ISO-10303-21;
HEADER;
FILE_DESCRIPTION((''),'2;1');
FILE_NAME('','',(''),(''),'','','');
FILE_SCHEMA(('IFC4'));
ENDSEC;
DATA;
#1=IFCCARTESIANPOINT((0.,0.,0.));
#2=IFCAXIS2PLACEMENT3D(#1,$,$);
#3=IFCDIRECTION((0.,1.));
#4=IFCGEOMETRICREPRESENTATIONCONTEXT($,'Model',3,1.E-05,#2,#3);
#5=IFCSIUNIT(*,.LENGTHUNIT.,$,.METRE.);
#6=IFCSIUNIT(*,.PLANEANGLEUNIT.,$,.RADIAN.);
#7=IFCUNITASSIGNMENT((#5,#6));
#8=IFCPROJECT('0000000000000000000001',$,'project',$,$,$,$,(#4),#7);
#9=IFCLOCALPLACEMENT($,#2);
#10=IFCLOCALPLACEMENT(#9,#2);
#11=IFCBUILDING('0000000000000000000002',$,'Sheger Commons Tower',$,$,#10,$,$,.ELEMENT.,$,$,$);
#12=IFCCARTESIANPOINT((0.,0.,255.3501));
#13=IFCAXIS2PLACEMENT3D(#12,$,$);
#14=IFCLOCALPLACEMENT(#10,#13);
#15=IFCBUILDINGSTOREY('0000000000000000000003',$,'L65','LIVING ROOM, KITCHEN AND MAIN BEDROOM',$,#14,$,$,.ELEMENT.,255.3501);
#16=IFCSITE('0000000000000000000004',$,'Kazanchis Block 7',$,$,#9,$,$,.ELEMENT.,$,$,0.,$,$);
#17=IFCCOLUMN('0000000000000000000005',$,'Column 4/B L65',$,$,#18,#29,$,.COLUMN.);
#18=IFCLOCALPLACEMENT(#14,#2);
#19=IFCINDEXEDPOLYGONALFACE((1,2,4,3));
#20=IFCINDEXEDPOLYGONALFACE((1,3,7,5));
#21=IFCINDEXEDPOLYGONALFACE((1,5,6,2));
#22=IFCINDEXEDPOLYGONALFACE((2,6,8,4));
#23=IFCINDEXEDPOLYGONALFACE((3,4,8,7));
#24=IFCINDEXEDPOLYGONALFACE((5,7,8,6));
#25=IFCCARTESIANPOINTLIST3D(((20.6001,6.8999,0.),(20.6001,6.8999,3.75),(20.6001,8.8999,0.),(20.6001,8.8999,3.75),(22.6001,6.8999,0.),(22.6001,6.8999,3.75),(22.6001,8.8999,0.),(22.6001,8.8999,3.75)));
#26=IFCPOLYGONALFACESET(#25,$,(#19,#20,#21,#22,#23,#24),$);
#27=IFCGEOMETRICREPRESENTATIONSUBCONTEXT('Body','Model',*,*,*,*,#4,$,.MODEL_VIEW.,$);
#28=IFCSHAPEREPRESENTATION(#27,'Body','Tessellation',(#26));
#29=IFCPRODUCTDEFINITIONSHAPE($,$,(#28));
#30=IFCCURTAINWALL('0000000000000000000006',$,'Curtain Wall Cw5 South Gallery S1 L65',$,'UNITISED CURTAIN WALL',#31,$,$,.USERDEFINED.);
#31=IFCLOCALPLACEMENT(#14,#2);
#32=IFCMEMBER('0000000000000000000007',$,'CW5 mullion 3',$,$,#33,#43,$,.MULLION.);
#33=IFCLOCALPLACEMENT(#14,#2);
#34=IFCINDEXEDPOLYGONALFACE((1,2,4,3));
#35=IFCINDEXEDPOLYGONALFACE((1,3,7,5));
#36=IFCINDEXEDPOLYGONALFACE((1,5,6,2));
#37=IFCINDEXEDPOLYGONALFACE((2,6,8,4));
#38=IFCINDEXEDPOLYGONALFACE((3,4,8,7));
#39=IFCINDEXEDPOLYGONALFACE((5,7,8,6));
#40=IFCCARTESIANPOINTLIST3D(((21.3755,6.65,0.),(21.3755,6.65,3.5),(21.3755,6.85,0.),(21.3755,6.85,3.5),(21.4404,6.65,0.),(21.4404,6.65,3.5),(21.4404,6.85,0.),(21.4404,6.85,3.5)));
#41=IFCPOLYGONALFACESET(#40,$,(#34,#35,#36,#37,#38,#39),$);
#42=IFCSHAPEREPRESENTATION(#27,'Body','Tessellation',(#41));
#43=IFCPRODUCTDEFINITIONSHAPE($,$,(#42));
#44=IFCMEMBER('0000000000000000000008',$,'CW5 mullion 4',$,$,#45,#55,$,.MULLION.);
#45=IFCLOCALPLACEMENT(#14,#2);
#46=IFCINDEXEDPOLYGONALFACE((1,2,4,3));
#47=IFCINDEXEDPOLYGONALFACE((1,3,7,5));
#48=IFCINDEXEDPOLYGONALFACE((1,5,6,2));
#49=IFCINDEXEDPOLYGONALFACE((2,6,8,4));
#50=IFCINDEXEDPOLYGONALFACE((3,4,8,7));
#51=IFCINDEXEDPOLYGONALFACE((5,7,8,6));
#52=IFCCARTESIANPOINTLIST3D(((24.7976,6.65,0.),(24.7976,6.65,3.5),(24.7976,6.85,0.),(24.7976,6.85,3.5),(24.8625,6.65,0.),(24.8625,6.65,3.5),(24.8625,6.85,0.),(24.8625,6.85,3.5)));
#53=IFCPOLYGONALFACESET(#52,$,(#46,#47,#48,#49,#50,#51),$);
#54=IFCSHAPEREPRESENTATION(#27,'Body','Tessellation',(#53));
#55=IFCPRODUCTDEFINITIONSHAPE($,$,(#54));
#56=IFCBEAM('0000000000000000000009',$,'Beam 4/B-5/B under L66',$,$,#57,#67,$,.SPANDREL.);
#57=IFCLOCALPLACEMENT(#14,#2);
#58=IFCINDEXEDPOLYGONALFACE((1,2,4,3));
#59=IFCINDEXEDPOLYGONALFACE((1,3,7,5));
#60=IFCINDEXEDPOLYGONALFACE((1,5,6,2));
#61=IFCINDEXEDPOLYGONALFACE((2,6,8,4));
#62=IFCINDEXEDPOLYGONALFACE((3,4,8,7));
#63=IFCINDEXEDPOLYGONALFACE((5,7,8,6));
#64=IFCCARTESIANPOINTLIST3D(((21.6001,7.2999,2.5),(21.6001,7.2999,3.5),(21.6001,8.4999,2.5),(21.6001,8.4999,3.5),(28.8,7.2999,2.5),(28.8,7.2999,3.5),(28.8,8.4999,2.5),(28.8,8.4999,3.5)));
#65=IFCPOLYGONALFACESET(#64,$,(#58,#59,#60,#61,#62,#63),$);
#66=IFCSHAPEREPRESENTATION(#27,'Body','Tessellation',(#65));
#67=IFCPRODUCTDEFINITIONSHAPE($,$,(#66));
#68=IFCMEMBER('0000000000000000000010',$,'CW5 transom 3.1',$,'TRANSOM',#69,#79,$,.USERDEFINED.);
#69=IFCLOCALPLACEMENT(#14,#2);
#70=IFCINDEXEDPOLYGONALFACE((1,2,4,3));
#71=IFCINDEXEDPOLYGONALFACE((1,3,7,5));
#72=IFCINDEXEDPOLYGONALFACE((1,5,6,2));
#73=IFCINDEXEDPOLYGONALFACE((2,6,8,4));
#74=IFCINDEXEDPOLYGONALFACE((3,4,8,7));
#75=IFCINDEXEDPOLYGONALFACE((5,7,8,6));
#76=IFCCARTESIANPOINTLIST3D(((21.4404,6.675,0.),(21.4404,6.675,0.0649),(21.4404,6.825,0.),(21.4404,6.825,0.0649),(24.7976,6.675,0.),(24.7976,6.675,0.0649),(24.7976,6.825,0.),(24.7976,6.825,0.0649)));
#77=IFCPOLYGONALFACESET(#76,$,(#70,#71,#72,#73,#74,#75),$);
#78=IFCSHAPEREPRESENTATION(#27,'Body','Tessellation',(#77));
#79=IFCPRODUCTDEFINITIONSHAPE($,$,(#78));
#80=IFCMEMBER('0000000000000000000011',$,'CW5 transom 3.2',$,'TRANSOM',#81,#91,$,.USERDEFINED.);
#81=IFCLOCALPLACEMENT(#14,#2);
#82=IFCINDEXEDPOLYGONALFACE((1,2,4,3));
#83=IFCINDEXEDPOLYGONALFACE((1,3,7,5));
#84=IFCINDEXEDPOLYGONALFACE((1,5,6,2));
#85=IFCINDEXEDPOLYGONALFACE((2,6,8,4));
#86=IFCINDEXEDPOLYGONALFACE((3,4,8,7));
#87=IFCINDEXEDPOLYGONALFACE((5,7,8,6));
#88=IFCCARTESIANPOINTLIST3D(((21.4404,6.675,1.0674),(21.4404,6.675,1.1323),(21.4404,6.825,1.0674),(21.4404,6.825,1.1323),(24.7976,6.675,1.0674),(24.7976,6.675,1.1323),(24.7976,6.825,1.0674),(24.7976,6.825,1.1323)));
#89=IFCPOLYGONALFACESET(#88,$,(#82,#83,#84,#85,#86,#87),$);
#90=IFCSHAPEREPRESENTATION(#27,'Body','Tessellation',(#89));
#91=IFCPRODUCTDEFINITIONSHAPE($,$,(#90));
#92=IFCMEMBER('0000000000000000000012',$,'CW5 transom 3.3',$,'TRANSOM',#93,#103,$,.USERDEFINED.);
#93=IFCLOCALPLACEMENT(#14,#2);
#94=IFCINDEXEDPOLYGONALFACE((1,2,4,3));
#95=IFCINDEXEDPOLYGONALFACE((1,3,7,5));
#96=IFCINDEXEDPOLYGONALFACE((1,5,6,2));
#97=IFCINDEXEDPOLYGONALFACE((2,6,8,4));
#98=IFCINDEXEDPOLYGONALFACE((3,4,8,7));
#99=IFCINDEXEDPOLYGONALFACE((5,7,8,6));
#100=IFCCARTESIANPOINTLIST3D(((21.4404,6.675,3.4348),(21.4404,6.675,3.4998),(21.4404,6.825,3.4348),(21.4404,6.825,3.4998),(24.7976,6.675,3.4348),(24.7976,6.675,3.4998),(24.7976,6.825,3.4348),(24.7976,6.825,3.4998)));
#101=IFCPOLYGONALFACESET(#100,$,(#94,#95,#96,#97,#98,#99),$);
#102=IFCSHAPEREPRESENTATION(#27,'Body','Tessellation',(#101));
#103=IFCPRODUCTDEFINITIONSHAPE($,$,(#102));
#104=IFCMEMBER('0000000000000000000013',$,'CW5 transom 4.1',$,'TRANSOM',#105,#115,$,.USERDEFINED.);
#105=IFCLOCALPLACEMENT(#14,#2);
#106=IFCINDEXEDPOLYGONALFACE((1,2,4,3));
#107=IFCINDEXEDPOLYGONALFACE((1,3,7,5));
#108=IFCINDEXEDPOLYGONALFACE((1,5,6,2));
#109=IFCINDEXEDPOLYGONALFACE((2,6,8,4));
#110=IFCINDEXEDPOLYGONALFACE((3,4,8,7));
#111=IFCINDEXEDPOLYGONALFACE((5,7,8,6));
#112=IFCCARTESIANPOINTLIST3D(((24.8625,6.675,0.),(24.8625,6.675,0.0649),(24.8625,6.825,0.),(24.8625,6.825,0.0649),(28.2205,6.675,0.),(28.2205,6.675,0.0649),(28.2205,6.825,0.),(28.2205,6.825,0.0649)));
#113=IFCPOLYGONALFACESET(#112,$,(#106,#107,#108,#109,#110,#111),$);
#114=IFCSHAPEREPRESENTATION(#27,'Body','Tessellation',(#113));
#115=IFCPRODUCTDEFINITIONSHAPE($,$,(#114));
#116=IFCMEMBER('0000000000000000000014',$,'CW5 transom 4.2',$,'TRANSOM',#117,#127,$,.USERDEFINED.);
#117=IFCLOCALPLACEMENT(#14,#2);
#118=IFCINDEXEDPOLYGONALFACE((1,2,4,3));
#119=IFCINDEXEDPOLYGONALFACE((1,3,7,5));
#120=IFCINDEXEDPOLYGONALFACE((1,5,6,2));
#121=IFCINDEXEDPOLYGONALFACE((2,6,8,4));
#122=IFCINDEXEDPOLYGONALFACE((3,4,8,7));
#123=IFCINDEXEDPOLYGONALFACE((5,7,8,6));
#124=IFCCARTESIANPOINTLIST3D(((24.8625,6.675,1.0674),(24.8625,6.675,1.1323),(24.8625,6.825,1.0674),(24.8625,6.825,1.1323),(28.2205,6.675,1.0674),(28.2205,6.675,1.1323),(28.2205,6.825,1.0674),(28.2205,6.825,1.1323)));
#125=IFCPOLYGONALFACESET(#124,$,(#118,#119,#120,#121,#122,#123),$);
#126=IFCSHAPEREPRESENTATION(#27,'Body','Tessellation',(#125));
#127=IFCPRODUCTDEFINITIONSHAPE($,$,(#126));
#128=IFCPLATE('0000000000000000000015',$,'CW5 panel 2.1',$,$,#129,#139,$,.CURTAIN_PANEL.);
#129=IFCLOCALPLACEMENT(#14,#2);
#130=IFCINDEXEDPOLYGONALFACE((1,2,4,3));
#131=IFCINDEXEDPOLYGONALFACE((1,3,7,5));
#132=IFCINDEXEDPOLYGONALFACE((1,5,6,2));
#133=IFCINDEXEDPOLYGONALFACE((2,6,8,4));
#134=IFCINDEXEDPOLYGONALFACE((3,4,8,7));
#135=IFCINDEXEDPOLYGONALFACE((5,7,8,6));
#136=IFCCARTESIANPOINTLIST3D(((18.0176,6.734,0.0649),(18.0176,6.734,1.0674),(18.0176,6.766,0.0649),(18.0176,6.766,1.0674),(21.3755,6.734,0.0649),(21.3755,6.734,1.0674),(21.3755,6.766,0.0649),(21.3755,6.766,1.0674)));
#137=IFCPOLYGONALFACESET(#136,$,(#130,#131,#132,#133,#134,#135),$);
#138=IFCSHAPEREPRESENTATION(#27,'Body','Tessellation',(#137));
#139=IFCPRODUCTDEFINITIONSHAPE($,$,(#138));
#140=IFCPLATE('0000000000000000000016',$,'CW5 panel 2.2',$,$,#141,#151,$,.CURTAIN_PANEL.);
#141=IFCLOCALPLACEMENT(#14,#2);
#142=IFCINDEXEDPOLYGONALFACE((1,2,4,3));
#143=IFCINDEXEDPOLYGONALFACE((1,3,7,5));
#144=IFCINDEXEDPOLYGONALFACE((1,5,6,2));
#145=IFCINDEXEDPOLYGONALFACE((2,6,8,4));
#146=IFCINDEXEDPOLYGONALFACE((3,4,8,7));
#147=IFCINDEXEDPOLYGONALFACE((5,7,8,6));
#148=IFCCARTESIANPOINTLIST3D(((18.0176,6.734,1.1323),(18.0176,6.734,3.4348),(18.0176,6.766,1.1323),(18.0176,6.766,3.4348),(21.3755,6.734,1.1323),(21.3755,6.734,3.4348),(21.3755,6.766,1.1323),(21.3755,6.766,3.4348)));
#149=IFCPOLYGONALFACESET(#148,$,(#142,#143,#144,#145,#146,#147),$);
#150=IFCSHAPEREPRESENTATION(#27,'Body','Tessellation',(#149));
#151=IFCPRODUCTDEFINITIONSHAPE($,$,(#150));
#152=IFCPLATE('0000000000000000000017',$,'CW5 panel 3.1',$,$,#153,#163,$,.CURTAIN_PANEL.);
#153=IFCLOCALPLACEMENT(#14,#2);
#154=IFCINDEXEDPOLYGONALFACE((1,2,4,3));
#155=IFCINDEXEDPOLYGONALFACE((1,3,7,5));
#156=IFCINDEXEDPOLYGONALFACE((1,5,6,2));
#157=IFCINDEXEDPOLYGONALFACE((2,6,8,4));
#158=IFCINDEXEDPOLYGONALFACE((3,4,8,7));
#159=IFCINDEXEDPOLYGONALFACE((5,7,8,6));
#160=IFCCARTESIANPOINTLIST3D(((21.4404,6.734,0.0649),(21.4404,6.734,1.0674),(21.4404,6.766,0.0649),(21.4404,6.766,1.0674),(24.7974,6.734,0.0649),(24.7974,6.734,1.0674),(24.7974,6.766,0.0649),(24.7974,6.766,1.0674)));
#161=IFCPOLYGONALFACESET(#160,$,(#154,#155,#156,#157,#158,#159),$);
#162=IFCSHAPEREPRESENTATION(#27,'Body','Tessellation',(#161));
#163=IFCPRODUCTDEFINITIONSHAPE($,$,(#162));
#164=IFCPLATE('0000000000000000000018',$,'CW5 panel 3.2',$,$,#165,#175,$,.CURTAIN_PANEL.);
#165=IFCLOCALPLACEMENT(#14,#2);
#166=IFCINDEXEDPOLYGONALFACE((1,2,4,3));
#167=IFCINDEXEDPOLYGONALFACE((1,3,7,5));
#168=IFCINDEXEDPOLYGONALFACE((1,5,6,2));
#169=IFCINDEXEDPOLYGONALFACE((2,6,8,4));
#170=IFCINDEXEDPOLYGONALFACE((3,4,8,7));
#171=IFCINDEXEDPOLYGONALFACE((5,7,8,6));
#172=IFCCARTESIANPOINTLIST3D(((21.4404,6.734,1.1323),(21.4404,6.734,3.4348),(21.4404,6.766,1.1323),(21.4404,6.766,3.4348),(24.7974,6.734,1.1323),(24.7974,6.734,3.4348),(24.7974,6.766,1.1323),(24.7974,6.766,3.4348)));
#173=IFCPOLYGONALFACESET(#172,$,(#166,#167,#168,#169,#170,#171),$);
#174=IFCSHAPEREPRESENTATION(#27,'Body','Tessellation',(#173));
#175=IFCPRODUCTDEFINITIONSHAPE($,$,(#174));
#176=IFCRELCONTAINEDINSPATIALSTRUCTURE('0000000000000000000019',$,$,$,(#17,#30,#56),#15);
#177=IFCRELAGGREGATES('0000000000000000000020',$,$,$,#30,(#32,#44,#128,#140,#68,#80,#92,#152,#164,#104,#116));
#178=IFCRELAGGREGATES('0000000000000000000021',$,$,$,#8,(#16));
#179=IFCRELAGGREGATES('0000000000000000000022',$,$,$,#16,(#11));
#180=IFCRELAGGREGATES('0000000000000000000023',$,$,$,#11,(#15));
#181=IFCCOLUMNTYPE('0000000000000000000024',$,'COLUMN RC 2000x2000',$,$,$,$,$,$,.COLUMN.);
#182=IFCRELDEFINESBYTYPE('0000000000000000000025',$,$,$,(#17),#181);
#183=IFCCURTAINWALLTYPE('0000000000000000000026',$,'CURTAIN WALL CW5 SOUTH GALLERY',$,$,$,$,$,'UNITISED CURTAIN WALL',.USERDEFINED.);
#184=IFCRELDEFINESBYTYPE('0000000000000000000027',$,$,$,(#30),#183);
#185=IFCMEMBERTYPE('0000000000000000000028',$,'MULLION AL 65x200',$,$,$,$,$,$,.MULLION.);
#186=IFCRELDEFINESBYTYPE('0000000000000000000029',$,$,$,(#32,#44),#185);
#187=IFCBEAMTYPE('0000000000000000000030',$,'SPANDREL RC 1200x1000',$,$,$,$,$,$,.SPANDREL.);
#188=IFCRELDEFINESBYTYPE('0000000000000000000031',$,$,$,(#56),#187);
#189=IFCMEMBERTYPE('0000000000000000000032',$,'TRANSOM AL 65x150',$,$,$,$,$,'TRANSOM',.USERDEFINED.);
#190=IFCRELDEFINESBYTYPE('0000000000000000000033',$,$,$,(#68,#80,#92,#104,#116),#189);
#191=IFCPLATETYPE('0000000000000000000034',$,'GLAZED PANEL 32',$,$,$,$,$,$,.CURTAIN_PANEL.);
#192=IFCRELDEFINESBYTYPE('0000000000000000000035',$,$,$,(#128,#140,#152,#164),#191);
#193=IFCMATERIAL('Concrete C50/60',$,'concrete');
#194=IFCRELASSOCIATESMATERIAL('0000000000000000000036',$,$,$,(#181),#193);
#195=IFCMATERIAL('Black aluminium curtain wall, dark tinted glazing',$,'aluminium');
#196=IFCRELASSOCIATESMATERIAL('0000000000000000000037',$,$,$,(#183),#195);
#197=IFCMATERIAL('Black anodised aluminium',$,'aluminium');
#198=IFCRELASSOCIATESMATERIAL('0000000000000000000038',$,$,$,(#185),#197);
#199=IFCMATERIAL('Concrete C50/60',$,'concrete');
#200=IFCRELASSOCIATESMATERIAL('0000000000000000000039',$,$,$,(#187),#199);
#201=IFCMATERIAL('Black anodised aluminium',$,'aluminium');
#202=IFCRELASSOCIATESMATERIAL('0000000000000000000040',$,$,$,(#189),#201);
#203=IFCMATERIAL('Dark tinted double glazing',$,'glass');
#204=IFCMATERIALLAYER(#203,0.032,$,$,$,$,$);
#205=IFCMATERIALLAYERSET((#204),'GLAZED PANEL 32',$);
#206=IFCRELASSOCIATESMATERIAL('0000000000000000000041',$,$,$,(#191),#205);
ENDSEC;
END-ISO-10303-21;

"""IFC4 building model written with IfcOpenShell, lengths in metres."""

from ifc_helpers import new_model, si_unit, direction, frame, origin, origin_2d, place, context, subcontext, project, spatial, rectangle, extrude, material, layer, layer_set, material_profile, profile_set, type_object, element, aggregate, save


model = new_model("IFC4")

# Units and contexts
model_context = context("Model", 3, precision=1e-05, world=origin(), true_north=direction((0.0, 1.0)))
body_context = subcontext(model_context, "Body", "Model", "MODEL_VIEW")
ifc_project = project(units=[si_unit("LENGTHUNIT", "METRE"), si_unit("PLANEANGLEUNIT", "RADIAN")], contexts=[model_context])

# Site, building, storey
site_placement = place(None, origin())
site = spatial("IfcSite", under=ifc_project, at=site_placement, Name="Kazanchis Block 7", CompositionType="ELEMENT", RefElevation=0.0)
building_placement = place(site_placement, origin())
building = spatial("IfcBuilding", under=site, at=building_placement, Name="Sheger Commons Tower", CompositionType="ELEMENT")
storey_placement = place(building_placement, frame((0.0, 0.0, 255.3501)))
storey = spatial("IfcBuildingStorey", under=building, at=storey_placement, Name="L65", Description="LIVING ROOM, KITCHEN AND MAIN BEDROOM", CompositionType="ELEMENT", Elevation=255.3501)

# Column
ifc_material_1 = material(Name="Concrete C50/60", Category="concrete")
ifc_material_profile_1 = material_profile(ifc_material_1, rectangle(XDim=2.0, YDim=2.0, at=origin_2d()), Name="RC 2000x2000")
ifc_profile_set_1 = profile_set([ifc_material_profile_1], Name="Concrete C50/60")
column_type = type_object("IfcColumnType", Name="COLUMN RC 2000x2000", PredefinedType="COLUMN", material=ifc_profile_set_1)
column_placement = place(storey_placement, frame((21.6001, 7.8999, 0.0), z_axis=(0.0, 0.0, 1.0), x_axis=(1.0, 0.0, 0.0)))
element("IfcColumn", 1, at=column_placement, inside=storey, type_object=column_type, Name="Column 4/B L65", PredefinedType="COLUMN", context=body_context, shape_type="SweptSolid", body=[
    extrude(rectangle(XDim=2.0, YDim=2.0, at=origin_2d()), origin(), (0.0, 0.0, 1.0), 3.75),
])

# Curtain wall, members
ifc_material_2 = material(Name="Black aluminium curtain wall, dark tinted glazing", Category="aluminium")
curtain_wall_type = type_object("IfcCurtainWallType", Name="CURTAIN WALL CW5 SOUTH GALLERY", ElementType="UNITISED CURTAIN WALL", PredefinedType="USERDEFINED", material=ifc_material_2)
curtain_wall_placement = place(storey_placement, origin())
curtain_wall = element("IfcCurtainWall", 2, at=curtain_wall_placement, inside=storey, type_object=curtain_wall_type, Name="Curtain Wall Cw5 South Gallery S1 L65", ObjectType="UNITISED CURTAIN WALL", PredefinedType="USERDEFINED")
ifc_material_3 = material(Name="Black anodised aluminium", Category="aluminium")
ifc_material_profile_2 = material_profile(ifc_material_3, rectangle(XDim=0.2, YDim=0.0649, at=origin_2d()), Name="AL 65x200")
ifc_profile_set_2 = profile_set([ifc_material_profile_2], Name="Black anodised aluminium")
member_type_1 = type_object("IfcMemberType", Name="MULLION AL 65x200", PredefinedType="MULLION", material=ifc_profile_set_2)
member_1_placement = place(storey_placement, frame((21.408, 6.75, 0.0), z_axis=(0.0, 0.0, 1.0), x_axis=(0.0, 1.0, 0.0)))
member_1 = element("IfcMember", 3, at=member_1_placement, type_object=member_type_1, Name="CW5 mullion 3", PredefinedType="MULLION", context=body_context, shape_type="SweptSolid", body=[
    extrude(rectangle(XDim=0.2, YDim=0.0649, at=origin_2d()), origin(), (0.0, 0.0, 1.0), 3.5),
])
member_2_placement = place(storey_placement, frame((24.8301, 6.75, 0.0), z_axis=(0.0, 0.0, 1.0), x_axis=(0.0, 1.0, 0.0)))
member_2 = element("IfcMember", 4, at=member_2_placement, type_object=member_type_1, Name="CW5 mullion 4", PredefinedType="MULLION", context=body_context, shape_type="SweptSolid", body=[
    extrude(rectangle(XDim=0.2, YDim=0.0649, at=origin_2d()), origin(), (0.0, 0.0, 1.0), 3.5),
])

# Beam
ifc_material_4 = material(Name="Concrete C50/60", Category="concrete")
ifc_material_profile_3 = material_profile(ifc_material_4, rectangle(XDim=1.2, YDim=1.0, at=origin_2d()), Name="RC 1200x1000")
ifc_profile_set_3 = profile_set([ifc_material_profile_3], Name="Concrete C50/60")
beam_type = type_object("IfcBeamType", Name="SPANDREL RC 1200x1000", PredefinedType="SPANDREL", material=ifc_profile_set_3)
beam_placement = place(storey_placement, frame((21.6001, 7.8999, 3.0), z_axis=(1.0, 0.0, 0.0), x_axis=(0.0, 1.0, 0.0)))
element("IfcBeam", 5, at=beam_placement, inside=storey, type_object=beam_type, Name="Beam 4/B-5/B under L66", PredefinedType="SPANDREL", context=body_context, shape_type="SweptSolid", body=[
    extrude(rectangle(XDim=1.2, YDim=1.0, at=origin_2d()), origin(), (0.0, 0.0, 1.0), 7.2),
])

# Members
ifc_material_5 = material(Name="Black anodised aluminium", Category="aluminium")
ifc_material_profile_4 = material_profile(ifc_material_5, rectangle(XDim=0.1499, YDim=0.0649, at=origin_2d()), Name="AL 65x150")
ifc_profile_set_4 = profile_set([ifc_material_profile_4], Name="Black anodised aluminium")
member_type_2 = type_object("IfcMemberType", Name="TRANSOM AL 65x150", ElementType="TRANSOM", PredefinedType="USERDEFINED", material=ifc_profile_set_4)
member_3_placement = place(storey_placement, frame((21.4404, 6.75, 0.0325), z_axis=(1.0, 0.0, 0.0), x_axis=(0.0, 1.0, 0.0)))
member_3 = element("IfcMember", 6, at=member_3_placement, type_object=member_type_2, Name="CW5 transom 3.1", ObjectType="TRANSOM", PredefinedType="USERDEFINED", context=body_context, shape_type="SweptSolid", body=[
    extrude(rectangle(XDim=0.1499, YDim=0.0649, at=origin_2d()), origin(), (0.0, 0.0, 1.0), 3.3572),
])
member_4_placement = place(storey_placement, frame((21.4404, 6.75, 1.0999), z_axis=(1.0, 0.0, 0.0), x_axis=(0.0, 1.0, 0.0)))
member_4 = element("IfcMember", 7, at=member_4_placement, type_object=member_type_2, Name="CW5 transom 3.2", ObjectType="TRANSOM", PredefinedType="USERDEFINED", context=body_context, shape_type="SweptSolid", body=[
    extrude(rectangle(XDim=0.1499, YDim=0.0649, at=origin_2d()), origin(), (0.0, 0.0, 1.0), 3.3572),
])
member_5_placement = place(storey_placement, frame((21.4404, 6.75, 3.4673), z_axis=(1.0, 0.0, 0.0), x_axis=(0.0, 1.0, 0.0)))
member_5 = element("IfcMember", 8, at=member_5_placement, type_object=member_type_2, Name="CW5 transom 3.3", ObjectType="TRANSOM", PredefinedType="USERDEFINED", context=body_context, shape_type="SweptSolid", body=[
    extrude(rectangle(XDim=0.1499, YDim=0.0649, at=origin_2d()), origin(), (0.0, 0.0, 1.0), 3.3572),
])
member_6_placement = place(storey_placement, frame((24.8625, 6.75, 0.0325), z_axis=(1.0, 0.0, 0.0), x_axis=(0.0, 1.0, 0.0)))
member_6 = element("IfcMember", 9, at=member_6_placement, type_object=member_type_2, Name="CW5 transom 4.1", ObjectType="TRANSOM", PredefinedType="USERDEFINED", context=body_context, shape_type="SweptSolid", body=[
    extrude(rectangle(XDim=0.1499, YDim=0.0649, at=origin_2d()), origin(), (0.0, 0.0, 1.0), 3.3579),
])
member_7_placement = place(storey_placement, frame((24.8625, 6.75, 1.0999), z_axis=(1.0, 0.0, 0.0), x_axis=(0.0, 1.0, 0.0)))
member_7 = element("IfcMember", 10, at=member_7_placement, type_object=member_type_2, Name="CW5 transom 4.2", ObjectType="TRANSOM", PredefinedType="USERDEFINED", context=body_context, shape_type="SweptSolid", body=[
    extrude(rectangle(XDim=0.1499, YDim=0.0649, at=origin_2d()), origin(), (0.0, 0.0, 1.0), 3.3579),
])

# Plates
ifc_material_6 = material(Name="Dark tinted double glazing", Category="glass")
ifc_layer_1 = layer(ifc_material_6, 0.032)
ifc_layer_set_1 = layer_set([ifc_layer_1], Name="GLAZED PANEL 32")
plate_type = type_object("IfcPlateType", Name="GLAZED PANEL 32", PredefinedType="CURTAIN_PANEL", material=ifc_layer_set_1)
plate_1_placement = place(storey_placement, frame((19.6965, 6.75, 0.0649), z_axis=(0.0, 0.0, 1.0), x_axis=(1.0, 0.0, 0.0)))
plate_1 = element("IfcPlate", 11, at=plate_1_placement, type_object=plate_type, Name="CW5 panel 2.1", PredefinedType="CURTAIN_PANEL", context=body_context, shape_type="SweptSolid", body=[
    extrude(rectangle(XDim=3.3579, YDim=0.032, at=origin_2d()), origin(), (0.0, 0.0, 1.0), 1.0024),
])
plate_2_placement = place(storey_placement, frame((19.6965, 6.75, 1.1323), z_axis=(0.0, 0.0, 1.0), x_axis=(1.0, 0.0, 0.0)))
plate_2 = element("IfcPlate", 12, at=plate_2_placement, type_object=plate_type, Name="CW5 panel 2.2", PredefinedType="CURTAIN_PANEL", context=body_context, shape_type="SweptSolid", body=[
    extrude(rectangle(XDim=3.3579, YDim=0.032, at=origin_2d()), origin(), (0.0, 0.0, 1.0), 2.3025),
])
plate_3_placement = place(storey_placement, frame((23.1189, 6.75, 0.0649), z_axis=(0.0, 0.0, 1.0), x_axis=(1.0, 0.0, 0.0)))
plate_3 = element("IfcPlate", 13, at=plate_3_placement, type_object=plate_type, Name="CW5 panel 3.1", PredefinedType="CURTAIN_PANEL", context=body_context, shape_type="SweptSolid", body=[
    extrude(rectangle(XDim=3.3569, YDim=0.032, at=origin_2d()), origin(), (0.0, 0.0, 1.0), 1.0024),
])
plate_4_placement = place(storey_placement, frame((23.1189, 6.75, 1.1323), z_axis=(0.0, 0.0, 1.0), x_axis=(1.0, 0.0, 0.0)))
plate_4 = element("IfcPlate", 14, at=plate_4_placement, type_object=plate_type, Name="CW5 panel 3.2", PredefinedType="CURTAIN_PANEL", context=body_context, shape_type="SweptSolid", body=[
    extrude(rectangle(XDim=3.3569, YDim=0.032, at=origin_2d()), origin(), (0.0, 0.0, 1.0), 2.3025),
])
aggregate(curtain_wall, [member_1, member_2, plate_1, plate_2, member_3, member_4, member_5, plate_3, plate_4, member_6, member_7])

save(model, "model.ifc")
